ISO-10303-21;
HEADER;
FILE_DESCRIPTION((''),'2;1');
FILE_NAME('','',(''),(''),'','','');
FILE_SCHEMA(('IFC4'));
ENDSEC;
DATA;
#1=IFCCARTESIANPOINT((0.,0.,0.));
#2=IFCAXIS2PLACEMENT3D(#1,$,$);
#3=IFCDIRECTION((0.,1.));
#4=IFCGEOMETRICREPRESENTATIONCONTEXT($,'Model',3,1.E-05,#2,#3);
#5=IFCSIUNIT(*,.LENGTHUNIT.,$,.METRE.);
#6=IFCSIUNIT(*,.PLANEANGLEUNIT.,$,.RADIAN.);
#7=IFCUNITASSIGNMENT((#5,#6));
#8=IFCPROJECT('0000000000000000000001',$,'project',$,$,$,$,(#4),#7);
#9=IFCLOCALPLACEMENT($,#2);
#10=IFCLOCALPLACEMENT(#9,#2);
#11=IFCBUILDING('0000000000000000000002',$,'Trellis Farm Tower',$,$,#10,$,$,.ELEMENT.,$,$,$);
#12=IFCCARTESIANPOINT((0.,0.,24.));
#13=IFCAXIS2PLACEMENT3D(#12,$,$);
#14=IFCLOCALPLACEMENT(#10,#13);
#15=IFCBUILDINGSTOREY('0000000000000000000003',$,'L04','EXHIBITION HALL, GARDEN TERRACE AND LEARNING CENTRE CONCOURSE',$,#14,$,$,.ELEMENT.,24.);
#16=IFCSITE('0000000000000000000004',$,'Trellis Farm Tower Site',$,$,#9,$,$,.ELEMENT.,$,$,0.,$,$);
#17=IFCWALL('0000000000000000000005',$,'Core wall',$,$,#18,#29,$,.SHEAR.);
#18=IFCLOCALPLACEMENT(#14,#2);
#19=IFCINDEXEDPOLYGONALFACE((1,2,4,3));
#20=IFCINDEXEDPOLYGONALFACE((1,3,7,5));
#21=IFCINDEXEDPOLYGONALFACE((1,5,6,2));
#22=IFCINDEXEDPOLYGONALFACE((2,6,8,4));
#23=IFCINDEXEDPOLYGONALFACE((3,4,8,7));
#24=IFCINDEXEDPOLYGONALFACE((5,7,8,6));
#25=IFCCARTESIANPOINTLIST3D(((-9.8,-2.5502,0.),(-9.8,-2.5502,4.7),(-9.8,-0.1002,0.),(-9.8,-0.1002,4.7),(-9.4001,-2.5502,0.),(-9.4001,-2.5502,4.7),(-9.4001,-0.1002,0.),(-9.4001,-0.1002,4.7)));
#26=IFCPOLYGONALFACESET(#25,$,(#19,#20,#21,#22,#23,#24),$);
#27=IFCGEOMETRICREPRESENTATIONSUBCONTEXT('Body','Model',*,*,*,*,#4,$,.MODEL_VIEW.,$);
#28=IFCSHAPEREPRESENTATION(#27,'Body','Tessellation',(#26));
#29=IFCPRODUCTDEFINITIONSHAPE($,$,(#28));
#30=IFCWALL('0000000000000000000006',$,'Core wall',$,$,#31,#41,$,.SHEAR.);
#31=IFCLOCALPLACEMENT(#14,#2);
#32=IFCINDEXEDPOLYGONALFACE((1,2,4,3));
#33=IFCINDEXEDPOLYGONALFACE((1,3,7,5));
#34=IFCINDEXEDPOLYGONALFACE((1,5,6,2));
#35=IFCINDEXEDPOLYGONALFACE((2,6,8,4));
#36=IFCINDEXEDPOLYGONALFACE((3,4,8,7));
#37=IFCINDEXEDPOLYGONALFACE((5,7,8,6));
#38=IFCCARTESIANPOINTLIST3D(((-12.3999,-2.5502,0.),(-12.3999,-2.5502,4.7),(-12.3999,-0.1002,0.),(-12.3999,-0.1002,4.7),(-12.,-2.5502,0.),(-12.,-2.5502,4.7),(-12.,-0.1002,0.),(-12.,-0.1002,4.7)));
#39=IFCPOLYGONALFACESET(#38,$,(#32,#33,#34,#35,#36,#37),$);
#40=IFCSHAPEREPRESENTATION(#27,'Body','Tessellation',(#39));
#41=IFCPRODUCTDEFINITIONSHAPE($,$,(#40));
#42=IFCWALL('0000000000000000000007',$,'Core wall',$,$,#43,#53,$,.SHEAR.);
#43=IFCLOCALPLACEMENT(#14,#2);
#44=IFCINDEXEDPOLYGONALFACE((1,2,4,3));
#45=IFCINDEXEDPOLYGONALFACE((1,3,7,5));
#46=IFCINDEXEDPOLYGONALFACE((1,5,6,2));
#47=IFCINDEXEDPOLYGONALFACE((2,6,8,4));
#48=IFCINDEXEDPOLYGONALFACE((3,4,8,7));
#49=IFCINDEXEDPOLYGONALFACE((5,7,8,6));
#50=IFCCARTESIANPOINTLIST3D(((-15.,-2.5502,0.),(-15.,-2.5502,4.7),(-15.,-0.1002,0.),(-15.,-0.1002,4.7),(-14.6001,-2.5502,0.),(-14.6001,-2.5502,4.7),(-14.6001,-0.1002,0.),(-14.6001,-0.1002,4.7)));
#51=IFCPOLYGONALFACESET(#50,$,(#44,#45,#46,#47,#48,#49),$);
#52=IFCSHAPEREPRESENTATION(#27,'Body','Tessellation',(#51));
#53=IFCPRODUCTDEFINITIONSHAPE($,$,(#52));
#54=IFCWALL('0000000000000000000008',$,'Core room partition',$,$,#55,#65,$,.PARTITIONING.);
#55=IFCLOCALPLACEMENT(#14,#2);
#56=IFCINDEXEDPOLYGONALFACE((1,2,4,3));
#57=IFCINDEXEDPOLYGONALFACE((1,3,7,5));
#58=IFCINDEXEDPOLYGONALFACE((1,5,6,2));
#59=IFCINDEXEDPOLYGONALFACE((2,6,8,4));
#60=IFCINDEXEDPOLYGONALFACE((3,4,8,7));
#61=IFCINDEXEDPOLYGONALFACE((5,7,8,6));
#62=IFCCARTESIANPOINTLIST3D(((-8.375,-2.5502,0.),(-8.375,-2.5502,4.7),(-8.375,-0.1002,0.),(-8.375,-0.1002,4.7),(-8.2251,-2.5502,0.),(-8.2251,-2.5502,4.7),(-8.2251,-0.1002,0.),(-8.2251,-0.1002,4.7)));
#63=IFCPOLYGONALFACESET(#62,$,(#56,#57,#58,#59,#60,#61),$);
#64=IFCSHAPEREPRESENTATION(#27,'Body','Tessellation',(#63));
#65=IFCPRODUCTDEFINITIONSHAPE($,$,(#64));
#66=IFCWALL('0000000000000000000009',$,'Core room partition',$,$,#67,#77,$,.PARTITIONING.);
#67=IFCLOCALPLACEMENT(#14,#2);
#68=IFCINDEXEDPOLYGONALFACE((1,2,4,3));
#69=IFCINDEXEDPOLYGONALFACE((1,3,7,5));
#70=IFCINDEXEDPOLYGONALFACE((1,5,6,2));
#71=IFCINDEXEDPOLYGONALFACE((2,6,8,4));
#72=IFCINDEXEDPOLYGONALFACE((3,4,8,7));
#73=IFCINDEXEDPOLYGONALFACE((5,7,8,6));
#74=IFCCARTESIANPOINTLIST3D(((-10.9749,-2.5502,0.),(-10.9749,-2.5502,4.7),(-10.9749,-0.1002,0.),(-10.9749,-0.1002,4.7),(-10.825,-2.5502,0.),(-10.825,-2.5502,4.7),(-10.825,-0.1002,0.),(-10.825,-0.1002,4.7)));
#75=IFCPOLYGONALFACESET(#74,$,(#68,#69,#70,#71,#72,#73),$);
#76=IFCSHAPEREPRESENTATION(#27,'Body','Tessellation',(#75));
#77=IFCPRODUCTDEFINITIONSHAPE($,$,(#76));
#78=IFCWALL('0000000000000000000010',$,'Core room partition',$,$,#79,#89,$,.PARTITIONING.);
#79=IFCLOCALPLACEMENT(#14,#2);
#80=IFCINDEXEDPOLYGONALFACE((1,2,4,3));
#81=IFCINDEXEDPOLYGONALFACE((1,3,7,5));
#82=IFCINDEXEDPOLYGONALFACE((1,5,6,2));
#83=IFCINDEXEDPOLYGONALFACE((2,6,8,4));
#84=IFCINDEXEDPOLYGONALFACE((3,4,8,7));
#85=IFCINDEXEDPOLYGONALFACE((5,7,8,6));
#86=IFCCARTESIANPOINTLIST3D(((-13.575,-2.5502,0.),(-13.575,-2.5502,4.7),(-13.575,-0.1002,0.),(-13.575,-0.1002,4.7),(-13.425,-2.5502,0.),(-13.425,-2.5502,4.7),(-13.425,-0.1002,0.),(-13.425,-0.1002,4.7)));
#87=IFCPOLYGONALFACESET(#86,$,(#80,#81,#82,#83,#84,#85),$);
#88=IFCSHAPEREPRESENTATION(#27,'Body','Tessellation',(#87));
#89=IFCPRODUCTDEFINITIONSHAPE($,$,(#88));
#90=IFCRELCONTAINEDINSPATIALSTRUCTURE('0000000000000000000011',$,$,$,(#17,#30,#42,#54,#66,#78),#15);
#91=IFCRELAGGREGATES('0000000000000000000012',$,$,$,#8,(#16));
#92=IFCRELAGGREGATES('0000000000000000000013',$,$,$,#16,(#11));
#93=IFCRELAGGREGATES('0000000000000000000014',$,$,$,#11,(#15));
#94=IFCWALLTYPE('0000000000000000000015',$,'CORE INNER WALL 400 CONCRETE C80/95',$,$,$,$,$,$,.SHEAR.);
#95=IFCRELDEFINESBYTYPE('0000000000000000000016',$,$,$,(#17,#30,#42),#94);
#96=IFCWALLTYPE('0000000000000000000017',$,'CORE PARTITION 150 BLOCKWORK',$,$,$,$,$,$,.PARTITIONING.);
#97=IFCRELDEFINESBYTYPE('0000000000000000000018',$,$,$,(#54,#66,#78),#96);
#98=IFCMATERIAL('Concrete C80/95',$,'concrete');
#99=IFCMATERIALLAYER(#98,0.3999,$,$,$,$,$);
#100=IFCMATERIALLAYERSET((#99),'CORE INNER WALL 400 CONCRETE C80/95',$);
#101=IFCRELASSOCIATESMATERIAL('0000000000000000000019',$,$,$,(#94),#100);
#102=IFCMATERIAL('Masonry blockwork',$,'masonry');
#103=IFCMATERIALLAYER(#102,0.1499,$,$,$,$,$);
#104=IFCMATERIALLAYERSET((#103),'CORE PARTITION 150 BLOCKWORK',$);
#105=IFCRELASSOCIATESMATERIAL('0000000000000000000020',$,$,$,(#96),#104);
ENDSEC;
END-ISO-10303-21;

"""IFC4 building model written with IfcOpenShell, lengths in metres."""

from ifc_helpers import new_model, si_unit, direction, frame, frame_2d, origin, place, context, subcontext, project, spatial, rectangle, extrude, source, transform, mapped, material, layer, layer_set, type_object, element, save


model = new_model("IFC4")

# Units and contexts
model_context = context("Model", 3, precision=1e-05, world=origin(), true_north=direction((0.0, 1.0)))
body_context = subcontext(model_context, "Body", "Model", "MODEL_VIEW")
ifc_project = project(units=[si_unit("LENGTHUNIT", "METRE"), si_unit("PLANEANGLEUNIT", "RADIAN")], contexts=[model_context])

# Site, building, storey
site_placement = place(None, origin())
site = spatial("IfcSite", under=ifc_project, at=site_placement, Name="Trellis Farm Tower Site", CompositionType="ELEMENT", RefElevation=0.0)
building_placement = place(site_placement, origin())
building = spatial("IfcBuilding", under=site, at=building_placement, Name="Trellis Farm Tower", CompositionType="ELEMENT")
storey_placement = place(building_placement, frame((0.0, 0.0, 24.0)))
storey = spatial("IfcBuildingStorey", under=building, at=storey_placement, Name="L04", Description="EXHIBITION HALL, GARDEN TERRACE AND LEARNING CENTRE CONCOURSE", CompositionType="ELEMENT", Elevation=24.0)

# Walls
ifc_material_1 = material(Name="Concrete C80/95", Category="concrete")
ifc_layer_1 = layer(ifc_material_1, 0.3999)
ifc_layer_set_1 = layer_set([ifc_layer_1], Name="CORE INNER WALL 400 CONCRETE C80/95")
wall_type_1 = type_object("IfcWallType", Name="CORE INNER WALL 400 CONCRETE C80/95", PredefinedType="SHEAR", material=ifc_layer_set_1)
shared_shape_1 = source(origin(), body_context, "Body", "SweptSolid", [
    extrude(rectangle(XDim=2.45, YDim=0.3999, at=frame_2d((1.2251, 0.0))), origin(), (0.0, 0.0, 1.0), 4.7),
])
for number, where, z_axis, x_axis, name in (
    (1, (-9.6001, -0.1001, 0.0), (0.0, 0.0, 1.0), (0.0, -1.0, 0.0), "Core wall"),
    (2, (-12.2, -0.1001, 0.0), (0.0, 0.0, 1.0), (0.0, -1.0, 0.0), "Core wall"),
    (3, (-14.8, -0.1001, 0.0), (0.0, 0.0, 1.0), (0.0, -1.0, 0.0), "Core wall"),
):
    element("IfcWall", number, at=place(storey_placement, frame(where, z_axis=z_axis, x_axis=x_axis)), inside=storey, type_object=wall_type_1, Name=name, PredefinedType="SHEAR", context=body_context, shape_type="MappedRepresentation", body=[
        mapped(shared_shape_1, transform((0.0, 0.0, 0.0))),
    ])
ifc_material_2 = material(Name="Masonry blockwork", Category="masonry")
ifc_layer_2 = layer(ifc_material_2, 0.1499)
ifc_layer_set_2 = layer_set([ifc_layer_2], Name="CORE PARTITION 150 BLOCKWORK")
wall_type_2 = type_object("IfcWallType", Name="CORE PARTITION 150 BLOCKWORK", PredefinedType="PARTITIONING", material=ifc_layer_set_2)
shared_shape_2 = source(origin(), body_context, "Body", "SweptSolid", [
    extrude(rectangle(XDim=2.45, YDim=0.1499, at=frame_2d((1.2251, 0.0))), origin(), (0.0, 0.0, 1.0), 4.7),
])
for number, where, z_axis, x_axis, name in (
    (4, (-8.3, -0.1001, 0.0), (0.0, 0.0, 1.0), (0.0, -1.0, 0.0), "Core room partition"),
    (5, (-10.8999, -0.1001, 0.0), (0.0, 0.0, 1.0), (0.0, -1.0, 0.0), "Core room partition"),
    (6, (-13.5, -0.1001, 0.0), (0.0, 0.0, 1.0), (0.0, -1.0, 0.0), "Core room partition"),
):
    element("IfcWall", number, at=place(storey_placement, frame(where, z_axis=z_axis, x_axis=x_axis)), inside=storey, type_object=wall_type_2, Name=name, PredefinedType="PARTITIONING", context=body_context, shape_type="MappedRepresentation", body=[
        mapped(shared_shape_2, transform((0.0, 0.0, 0.0))),
    ])

save(model, "model.ifc")
